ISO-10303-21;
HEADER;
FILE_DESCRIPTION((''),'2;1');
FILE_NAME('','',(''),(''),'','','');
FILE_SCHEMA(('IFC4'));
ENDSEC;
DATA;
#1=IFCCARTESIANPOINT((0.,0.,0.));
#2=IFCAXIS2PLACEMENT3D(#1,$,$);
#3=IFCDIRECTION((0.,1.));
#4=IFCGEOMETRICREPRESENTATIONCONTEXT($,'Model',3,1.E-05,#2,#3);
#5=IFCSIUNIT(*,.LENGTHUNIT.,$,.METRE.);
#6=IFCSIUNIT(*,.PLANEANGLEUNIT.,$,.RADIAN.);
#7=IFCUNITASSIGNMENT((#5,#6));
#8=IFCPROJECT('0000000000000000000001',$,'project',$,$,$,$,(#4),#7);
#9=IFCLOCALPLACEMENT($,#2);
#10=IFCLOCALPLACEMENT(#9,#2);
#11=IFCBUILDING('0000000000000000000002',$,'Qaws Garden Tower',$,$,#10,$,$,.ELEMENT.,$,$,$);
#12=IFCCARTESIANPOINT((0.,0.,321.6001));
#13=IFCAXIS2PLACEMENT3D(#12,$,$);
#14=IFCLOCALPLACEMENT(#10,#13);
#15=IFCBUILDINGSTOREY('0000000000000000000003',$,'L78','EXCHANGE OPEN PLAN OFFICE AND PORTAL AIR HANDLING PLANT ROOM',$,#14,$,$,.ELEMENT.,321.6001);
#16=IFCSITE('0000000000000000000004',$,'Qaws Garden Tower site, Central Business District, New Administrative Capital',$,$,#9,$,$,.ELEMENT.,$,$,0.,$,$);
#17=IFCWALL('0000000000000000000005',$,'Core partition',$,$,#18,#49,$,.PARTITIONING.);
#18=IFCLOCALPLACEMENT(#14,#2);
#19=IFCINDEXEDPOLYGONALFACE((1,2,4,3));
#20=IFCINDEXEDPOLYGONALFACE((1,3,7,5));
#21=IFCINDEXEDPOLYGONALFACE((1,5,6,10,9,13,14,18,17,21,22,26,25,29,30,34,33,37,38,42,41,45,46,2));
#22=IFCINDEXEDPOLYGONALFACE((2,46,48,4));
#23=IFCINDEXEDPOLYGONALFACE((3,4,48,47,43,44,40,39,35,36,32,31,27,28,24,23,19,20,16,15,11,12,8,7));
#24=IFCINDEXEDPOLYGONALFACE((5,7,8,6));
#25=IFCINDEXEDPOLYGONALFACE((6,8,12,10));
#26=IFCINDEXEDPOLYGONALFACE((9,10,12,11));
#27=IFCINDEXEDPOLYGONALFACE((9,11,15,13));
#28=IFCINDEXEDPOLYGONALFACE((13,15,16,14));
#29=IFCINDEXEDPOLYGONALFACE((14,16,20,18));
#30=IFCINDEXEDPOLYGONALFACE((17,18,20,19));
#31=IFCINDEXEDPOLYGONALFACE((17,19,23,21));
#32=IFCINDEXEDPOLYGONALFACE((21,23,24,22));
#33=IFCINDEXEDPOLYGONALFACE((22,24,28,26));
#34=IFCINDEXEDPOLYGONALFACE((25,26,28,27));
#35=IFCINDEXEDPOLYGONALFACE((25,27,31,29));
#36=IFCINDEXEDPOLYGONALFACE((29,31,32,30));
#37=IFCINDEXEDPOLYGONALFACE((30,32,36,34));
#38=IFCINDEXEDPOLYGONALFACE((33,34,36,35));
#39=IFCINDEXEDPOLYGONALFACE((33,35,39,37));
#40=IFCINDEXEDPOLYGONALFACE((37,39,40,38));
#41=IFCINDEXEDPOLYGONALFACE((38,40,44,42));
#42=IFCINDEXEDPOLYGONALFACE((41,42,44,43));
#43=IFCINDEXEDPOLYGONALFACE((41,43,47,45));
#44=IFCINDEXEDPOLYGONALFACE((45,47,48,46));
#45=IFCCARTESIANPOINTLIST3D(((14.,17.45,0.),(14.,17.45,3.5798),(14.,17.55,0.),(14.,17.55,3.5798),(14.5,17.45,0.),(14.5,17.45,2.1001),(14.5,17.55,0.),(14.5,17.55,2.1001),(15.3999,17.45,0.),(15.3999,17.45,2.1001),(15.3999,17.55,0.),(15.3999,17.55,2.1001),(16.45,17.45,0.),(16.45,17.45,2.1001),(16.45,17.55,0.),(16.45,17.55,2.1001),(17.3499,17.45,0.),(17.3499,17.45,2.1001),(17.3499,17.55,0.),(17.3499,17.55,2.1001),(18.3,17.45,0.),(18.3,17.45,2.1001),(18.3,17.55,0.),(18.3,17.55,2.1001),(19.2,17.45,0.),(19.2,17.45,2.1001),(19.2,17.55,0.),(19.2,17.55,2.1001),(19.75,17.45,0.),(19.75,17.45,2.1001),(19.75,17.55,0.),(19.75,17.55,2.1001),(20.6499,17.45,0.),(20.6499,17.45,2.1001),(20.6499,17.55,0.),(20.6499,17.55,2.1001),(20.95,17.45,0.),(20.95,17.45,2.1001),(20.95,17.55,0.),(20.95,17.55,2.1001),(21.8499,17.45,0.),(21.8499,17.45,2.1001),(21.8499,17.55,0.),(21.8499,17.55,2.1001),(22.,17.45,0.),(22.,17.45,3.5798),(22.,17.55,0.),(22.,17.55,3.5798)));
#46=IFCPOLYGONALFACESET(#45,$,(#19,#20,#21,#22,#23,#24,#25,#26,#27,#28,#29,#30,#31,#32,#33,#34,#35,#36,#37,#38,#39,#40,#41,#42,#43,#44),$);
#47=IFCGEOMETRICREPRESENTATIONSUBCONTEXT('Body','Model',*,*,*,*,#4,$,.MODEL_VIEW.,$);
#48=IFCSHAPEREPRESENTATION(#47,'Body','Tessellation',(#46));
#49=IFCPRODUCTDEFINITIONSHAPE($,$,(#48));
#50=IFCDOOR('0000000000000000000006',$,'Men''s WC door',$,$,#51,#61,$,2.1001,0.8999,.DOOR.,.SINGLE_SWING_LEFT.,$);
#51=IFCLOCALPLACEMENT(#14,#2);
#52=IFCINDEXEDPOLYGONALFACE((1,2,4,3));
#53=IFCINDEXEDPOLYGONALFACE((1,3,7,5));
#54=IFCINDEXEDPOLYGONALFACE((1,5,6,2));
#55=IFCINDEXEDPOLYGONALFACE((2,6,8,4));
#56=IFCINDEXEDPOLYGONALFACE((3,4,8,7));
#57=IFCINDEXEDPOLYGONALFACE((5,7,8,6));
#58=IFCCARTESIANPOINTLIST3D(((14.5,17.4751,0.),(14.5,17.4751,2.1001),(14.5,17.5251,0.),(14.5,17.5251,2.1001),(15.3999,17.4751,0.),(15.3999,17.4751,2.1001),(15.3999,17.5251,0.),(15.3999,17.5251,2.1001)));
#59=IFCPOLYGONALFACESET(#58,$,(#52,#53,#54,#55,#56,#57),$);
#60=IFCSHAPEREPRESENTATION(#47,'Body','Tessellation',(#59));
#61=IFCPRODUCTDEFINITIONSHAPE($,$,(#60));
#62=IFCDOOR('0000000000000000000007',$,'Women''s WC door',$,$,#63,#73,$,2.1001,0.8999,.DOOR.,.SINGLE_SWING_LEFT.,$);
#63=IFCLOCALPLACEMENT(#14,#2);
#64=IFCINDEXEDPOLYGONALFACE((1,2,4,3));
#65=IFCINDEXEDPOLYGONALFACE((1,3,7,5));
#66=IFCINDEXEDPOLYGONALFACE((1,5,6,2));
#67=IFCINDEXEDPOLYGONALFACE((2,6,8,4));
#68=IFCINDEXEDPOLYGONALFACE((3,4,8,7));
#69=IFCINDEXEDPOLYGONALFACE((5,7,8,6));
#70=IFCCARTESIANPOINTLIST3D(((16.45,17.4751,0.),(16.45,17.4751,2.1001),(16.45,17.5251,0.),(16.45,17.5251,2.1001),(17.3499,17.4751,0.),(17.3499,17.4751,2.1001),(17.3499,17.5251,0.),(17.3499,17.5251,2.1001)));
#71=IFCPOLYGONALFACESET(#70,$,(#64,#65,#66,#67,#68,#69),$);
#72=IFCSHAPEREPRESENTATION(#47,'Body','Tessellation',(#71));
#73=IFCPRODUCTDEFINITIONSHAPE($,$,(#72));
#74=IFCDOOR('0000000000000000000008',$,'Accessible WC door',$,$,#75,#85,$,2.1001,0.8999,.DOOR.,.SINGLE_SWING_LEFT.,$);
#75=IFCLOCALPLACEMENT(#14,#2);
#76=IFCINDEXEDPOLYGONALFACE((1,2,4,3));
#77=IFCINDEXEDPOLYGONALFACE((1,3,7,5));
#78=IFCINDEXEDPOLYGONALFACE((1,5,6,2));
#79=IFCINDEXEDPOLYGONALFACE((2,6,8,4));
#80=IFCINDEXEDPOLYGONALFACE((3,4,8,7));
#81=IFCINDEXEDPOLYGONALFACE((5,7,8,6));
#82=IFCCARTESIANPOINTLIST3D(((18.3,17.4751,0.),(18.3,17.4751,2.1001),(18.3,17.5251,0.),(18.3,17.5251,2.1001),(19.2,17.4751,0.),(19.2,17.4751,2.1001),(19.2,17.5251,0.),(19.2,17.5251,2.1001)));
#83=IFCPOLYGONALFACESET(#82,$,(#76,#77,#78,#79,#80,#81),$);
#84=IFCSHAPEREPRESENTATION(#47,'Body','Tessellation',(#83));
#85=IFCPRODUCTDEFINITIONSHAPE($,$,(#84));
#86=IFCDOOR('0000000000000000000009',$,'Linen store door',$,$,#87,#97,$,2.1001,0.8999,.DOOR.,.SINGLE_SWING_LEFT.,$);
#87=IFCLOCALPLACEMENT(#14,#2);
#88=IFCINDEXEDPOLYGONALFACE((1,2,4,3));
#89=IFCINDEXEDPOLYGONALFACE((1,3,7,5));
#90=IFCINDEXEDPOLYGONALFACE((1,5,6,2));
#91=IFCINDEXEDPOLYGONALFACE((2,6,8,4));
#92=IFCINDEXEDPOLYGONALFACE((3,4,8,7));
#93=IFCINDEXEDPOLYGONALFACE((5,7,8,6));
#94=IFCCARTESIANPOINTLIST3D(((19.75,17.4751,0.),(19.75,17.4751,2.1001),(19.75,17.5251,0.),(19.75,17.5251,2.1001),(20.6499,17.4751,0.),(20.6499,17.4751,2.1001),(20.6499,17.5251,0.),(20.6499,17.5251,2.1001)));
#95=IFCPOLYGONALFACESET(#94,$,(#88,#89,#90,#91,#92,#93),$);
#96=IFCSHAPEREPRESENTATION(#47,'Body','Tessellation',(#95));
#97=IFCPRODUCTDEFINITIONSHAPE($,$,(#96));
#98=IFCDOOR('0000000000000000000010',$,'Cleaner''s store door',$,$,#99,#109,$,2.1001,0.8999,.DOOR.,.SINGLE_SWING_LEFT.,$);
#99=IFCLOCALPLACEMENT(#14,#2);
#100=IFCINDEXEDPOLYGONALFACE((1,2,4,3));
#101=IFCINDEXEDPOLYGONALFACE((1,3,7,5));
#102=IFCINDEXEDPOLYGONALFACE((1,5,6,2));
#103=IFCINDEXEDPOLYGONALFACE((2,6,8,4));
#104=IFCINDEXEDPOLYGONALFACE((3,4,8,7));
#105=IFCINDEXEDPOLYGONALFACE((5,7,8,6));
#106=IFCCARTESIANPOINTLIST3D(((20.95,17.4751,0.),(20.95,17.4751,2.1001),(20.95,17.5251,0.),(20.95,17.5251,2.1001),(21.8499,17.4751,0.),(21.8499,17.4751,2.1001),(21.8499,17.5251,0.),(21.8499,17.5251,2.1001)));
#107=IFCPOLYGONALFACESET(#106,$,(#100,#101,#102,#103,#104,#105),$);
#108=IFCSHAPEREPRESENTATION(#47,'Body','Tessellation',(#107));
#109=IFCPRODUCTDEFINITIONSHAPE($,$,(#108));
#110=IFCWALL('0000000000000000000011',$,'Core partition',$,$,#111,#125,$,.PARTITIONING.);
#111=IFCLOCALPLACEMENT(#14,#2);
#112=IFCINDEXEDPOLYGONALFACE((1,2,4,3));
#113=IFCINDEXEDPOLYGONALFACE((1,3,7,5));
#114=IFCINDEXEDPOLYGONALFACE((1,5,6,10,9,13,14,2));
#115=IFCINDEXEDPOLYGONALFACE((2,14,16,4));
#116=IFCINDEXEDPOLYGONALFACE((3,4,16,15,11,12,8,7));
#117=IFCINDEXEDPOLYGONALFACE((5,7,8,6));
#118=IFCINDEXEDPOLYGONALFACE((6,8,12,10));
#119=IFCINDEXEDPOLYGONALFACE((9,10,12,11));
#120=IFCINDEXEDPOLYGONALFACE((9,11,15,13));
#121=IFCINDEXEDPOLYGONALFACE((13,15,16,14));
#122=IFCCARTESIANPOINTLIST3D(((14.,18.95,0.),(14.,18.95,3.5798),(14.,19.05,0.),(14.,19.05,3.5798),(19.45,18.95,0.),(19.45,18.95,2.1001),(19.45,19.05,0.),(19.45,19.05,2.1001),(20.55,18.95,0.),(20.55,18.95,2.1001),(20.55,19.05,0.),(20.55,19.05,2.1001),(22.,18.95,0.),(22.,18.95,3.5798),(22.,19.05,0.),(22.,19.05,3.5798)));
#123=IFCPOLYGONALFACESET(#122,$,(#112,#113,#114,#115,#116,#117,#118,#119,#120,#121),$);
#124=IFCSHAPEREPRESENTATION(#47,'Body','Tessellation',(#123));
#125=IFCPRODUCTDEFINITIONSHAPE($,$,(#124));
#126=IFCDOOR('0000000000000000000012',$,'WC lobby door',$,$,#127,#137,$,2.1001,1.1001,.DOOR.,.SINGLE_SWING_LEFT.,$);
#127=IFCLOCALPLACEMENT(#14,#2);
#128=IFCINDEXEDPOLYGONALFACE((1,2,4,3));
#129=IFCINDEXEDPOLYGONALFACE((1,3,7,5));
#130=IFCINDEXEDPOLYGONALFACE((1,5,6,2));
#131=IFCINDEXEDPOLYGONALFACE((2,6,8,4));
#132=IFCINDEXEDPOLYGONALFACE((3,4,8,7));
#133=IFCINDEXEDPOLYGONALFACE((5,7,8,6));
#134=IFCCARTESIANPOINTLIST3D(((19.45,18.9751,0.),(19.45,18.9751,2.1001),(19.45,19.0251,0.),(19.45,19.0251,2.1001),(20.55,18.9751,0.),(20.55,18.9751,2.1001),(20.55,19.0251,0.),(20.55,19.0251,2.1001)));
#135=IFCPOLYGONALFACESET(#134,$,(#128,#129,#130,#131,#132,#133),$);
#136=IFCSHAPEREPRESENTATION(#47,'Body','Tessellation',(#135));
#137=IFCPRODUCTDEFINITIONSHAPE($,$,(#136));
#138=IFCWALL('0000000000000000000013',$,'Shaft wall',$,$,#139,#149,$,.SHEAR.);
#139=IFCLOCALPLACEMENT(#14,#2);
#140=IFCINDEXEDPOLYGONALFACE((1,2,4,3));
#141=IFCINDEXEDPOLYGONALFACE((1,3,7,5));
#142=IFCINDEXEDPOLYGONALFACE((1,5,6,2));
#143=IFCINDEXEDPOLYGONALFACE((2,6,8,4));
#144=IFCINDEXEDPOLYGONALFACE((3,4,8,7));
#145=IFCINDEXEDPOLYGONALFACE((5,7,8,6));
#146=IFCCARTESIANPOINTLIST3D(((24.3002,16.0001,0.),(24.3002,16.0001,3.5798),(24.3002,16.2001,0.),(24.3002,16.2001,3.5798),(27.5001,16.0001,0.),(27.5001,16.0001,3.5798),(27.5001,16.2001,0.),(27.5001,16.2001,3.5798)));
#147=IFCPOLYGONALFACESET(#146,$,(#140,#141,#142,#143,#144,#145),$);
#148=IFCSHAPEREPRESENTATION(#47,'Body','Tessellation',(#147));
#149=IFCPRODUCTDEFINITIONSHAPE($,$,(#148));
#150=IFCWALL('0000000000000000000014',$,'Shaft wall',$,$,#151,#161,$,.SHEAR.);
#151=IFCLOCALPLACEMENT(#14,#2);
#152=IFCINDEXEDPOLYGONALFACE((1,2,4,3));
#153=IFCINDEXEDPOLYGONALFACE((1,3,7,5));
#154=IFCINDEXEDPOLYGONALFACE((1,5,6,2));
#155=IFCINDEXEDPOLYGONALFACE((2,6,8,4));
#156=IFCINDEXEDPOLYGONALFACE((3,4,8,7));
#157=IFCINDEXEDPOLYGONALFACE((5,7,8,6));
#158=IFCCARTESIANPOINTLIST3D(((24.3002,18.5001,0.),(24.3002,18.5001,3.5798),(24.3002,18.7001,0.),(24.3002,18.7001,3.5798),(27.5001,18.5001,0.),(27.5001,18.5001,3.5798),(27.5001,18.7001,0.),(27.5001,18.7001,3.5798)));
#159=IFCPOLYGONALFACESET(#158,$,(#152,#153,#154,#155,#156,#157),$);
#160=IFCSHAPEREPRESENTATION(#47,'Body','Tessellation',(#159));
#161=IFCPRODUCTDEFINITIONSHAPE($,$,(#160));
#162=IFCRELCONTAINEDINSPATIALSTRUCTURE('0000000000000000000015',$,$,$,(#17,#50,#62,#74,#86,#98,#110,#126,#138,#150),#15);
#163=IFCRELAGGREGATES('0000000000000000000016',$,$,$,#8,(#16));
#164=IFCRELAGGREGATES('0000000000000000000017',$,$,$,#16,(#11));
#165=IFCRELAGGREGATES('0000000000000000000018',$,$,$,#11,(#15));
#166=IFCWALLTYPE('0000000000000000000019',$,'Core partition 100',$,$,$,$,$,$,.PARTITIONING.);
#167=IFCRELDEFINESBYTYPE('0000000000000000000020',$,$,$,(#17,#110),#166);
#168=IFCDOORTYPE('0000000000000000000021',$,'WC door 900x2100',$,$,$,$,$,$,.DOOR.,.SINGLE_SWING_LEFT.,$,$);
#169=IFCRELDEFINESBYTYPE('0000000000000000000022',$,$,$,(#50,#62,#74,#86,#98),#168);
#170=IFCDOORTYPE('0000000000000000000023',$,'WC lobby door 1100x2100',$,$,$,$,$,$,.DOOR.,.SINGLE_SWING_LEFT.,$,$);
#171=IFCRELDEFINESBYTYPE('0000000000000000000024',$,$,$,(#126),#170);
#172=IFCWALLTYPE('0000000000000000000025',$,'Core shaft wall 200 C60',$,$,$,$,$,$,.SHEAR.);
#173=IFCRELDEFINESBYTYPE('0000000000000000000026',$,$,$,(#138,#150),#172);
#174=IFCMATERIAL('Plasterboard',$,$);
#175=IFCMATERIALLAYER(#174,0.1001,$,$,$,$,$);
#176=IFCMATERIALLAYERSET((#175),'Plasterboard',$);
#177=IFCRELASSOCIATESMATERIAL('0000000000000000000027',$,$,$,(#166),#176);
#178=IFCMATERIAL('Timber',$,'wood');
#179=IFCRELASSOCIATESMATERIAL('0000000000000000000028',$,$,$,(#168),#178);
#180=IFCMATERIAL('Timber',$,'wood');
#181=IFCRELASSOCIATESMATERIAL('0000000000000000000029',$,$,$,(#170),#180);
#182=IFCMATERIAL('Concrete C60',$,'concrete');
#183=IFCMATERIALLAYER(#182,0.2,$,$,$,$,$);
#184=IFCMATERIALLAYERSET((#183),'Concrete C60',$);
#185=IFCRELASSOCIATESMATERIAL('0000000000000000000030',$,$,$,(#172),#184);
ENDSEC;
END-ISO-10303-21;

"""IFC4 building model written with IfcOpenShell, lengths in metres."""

from ifc_helpers import new_model, si_unit, direction, frame, frame_2d, origin, place, context, subcontext, project, spatial, rectangle, extrude, material, layer, layer_set, type_object, element, fill, save


model = new_model("IFC4")

# Units and contexts
model_context = context("Model", 3, precision=1e-05, world=origin(), true_north=direction((0.0, 1.0)))
body_context = subcontext(model_context, "Body", "Model", "MODEL_VIEW")
ifc_project = project(units=[si_unit("LENGTHUNIT", "METRE"), si_unit("PLANEANGLEUNIT", "RADIAN")], contexts=[model_context])

# Site, building, storey
site_placement = place(None, origin())
site = spatial("IfcSite", under=ifc_project, at=site_placement, Name="Qaws Garden Tower site, Central Business District, New Administrative Capital", CompositionType="ELEMENT", RefElevation=0.0)
building_placement = place(site_placement, origin())
building = spatial("IfcBuilding", under=site, at=building_placement, Name="Qaws Garden Tower", CompositionType="ELEMENT")
storey_placement = place(building_placement, frame((0.0, 0.0, 321.6001)))
storey = spatial("IfcBuildingStorey", under=building, at=storey_placement, Name="L78", Description="EXCHANGE OPEN PLAN OFFICE AND PORTAL AIR HANDLING PLANT ROOM", CompositionType="ELEMENT", Elevation=321.6001)

# Wall, openings, doors
ifc_material_1 = material(Name="Plasterboard")
ifc_layer_1 = layer(ifc_material_1, 0.1001)
ifc_layer_set_1 = layer_set([ifc_layer_1], Name="Plasterboard")
wall_type_1 = type_object("IfcWallType", Name="Core partition 100", PredefinedType="PARTITIONING", material=ifc_layer_set_1)
wall_1_placement = place(storey_placement, frame((14.0, 17.5, 0.0), z_axis=(0.0, 0.0, 1.0), x_axis=(1.0, 0.0, 0.0)))
wall_1 = element("IfcWall", 1, at=wall_1_placement, inside=storey, type_object=wall_type_1, Name="Core partition", PredefinedType="PARTITIONING", context=body_context, shape_type="SweptSolid", body=[
    extrude(rectangle(XDim=8.0, YDim=0.1001, at=frame_2d((4.0, 0.0))), origin(), (0.0, 0.0, 1.0), 3.5798),
])
opening_1_placement = place(wall_1_placement, frame((0.5, 0.0, 0.0)))
opening_1 = element("IfcOpeningElement", 2, at=opening_1_placement, cuts=wall_1, PredefinedType="OPENING", context=body_context, shape_type="SweptSolid", body=[
    extrude(rectangle(XDim=0.8999, YDim=2.1001, at=frame_2d((0.45, 1.05))), frame((0.0, 0.0601, 0.0), z_axis=(0.0, -1.0, 0.0), x_axis=(1.0, 0.0, 0.0)), (0.0, 0.0, 1.0), 0.1201),
])
opening_2_placement = place(wall_1_placement, frame((2.45, 0.0, 0.0)))
opening_2 = element("IfcOpeningElement", 3, at=opening_2_placement, cuts=wall_1, PredefinedType="OPENING", context=body_context, shape_type="SweptSolid", body=[
    extrude(rectangle(XDim=0.8999, YDim=2.1001, at=frame_2d((0.45, 1.05))), frame((0.0, 0.0601, 0.0), z_axis=(0.0, -1.0, 0.0), x_axis=(1.0, 0.0, 0.0)), (0.0, 0.0, 1.0), 0.1201),
])
opening_3_placement = place(wall_1_placement, frame((4.3, 0.0, 0.0)))
opening_3 = element("IfcOpeningElement", 4, at=opening_3_placement, cuts=wall_1, PredefinedType="OPENING", context=body_context, shape_type="SweptSolid", body=[
    extrude(rectangle(XDim=0.8999, YDim=2.1001, at=frame_2d((0.45, 1.05))), frame((0.0, 0.0601, 0.0), z_axis=(0.0, -1.0, 0.0), x_axis=(1.0, 0.0, 0.0)), (0.0, 0.0, 1.0), 0.1201),
])
opening_4_placement = place(wall_1_placement, frame((5.75, 0.0, 0.0)))
opening_4 = element("IfcOpeningElement", 5, at=opening_4_placement, cuts=wall_1, PredefinedType="OPENING", context=body_context, shape_type="SweptSolid", body=[
    extrude(rectangle(XDim=0.8999, YDim=2.1001, at=frame_2d((0.45, 1.05))), frame((0.0, 0.0601, 0.0), z_axis=(0.0, -1.0, 0.0), x_axis=(1.0, 0.0, 0.0)), (0.0, 0.0, 1.0), 0.1201),
])
opening_5_placement = place(wall_1_placement, frame((6.95, 0.0, 0.0)))
opening_5 = element("IfcOpeningElement", 6, at=opening_5_placement, cuts=wall_1, PredefinedType="OPENING", context=body_context, shape_type="SweptSolid", body=[
    extrude(rectangle(XDim=0.8999, YDim=2.1001, at=frame_2d((0.45, 1.05))), frame((0.0, 0.0601, 0.0), z_axis=(0.0, -1.0, 0.0), x_axis=(1.0, 0.0, 0.0)), (0.0, 0.0, 1.0), 0.1201),
])
ifc_material_2 = material(Name="Timber", Category="wood")
door_type_1 = type_object("IfcDoorType", Name="WC door 900x2100", OperationType="SINGLE_SWING_LEFT", PredefinedType="DOOR", material=ifc_material_2)
door_1_placement = place(opening_1_placement, frame((0.8999, 0.0, 0.0), z_axis=(0.0, 0.0, 1.0), x_axis=(-1.0, 0.0, 0.0)))
door_1 = element("IfcDoor", 7, at=door_1_placement, inside=storey, type_object=door_type_1, Name="Men's WC door", OperationType="SINGLE_SWING_LEFT", OverallHeight=2.1001, OverallWidth=0.8999, PredefinedType="DOOR", context=body_context, shape_type="SweptSolid", body=[
    extrude(rectangle(XDim=0.8999, YDim=2.1001, at=frame_2d((0.45, 1.05))), frame((0.0, 0.0249, 0.0), z_axis=(0.0, -1.0, 0.0), x_axis=(1.0, 0.0, 0.0)), (0.0, 0.0, 1.0), 0.05),
])
fill(opening_1, door_1)
door_2_placement = place(opening_2_placement, frame((0.8999, 0.0, 0.0), z_axis=(0.0, 0.0, 1.0), x_axis=(-1.0, 0.0, 0.0)))
door_2 = element("IfcDoor", 8, at=door_2_placement, inside=storey, type_object=door_type_1, Name="Women's WC door", OperationType="SINGLE_SWING_LEFT", OverallHeight=2.1001, OverallWidth=0.8999, PredefinedType="DOOR", context=body_context, shape_type="SweptSolid", body=[
    extrude(rectangle(XDim=0.8999, YDim=2.1001, at=frame_2d((0.45, 1.05))), frame((0.0, 0.0249, 0.0), z_axis=(0.0, -1.0, 0.0), x_axis=(1.0, 0.0, 0.0)), (0.0, 0.0, 1.0), 0.05),
])
fill(opening_2, door_2)
door_3_placement = place(opening_3_placement, frame((0.8999, 0.0, 0.0), z_axis=(0.0, 0.0, 1.0), x_axis=(-1.0, 0.0, 0.0)))
door_3 = element("IfcDoor", 9, at=door_3_placement, inside=storey, type_object=door_type_1, Name="Accessible WC door", OperationType="SINGLE_SWING_LEFT", OverallHeight=2.1001, OverallWidth=0.8999, PredefinedType="DOOR", context=body_context, shape_type="SweptSolid", body=[
    extrude(rectangle(XDim=0.8999, YDim=2.1001, at=frame_2d((0.45, 1.05))), frame((0.0, 0.0249, 0.0), z_axis=(0.0, -1.0, 0.0), x_axis=(1.0, 0.0, 0.0)), (0.0, 0.0, 1.0), 0.05),
])
fill(opening_3, door_3)
door_4_placement = place(opening_4_placement, frame((0.8999, 0.0, 0.0), z_axis=(0.0, 0.0, 1.0), x_axis=(-1.0, 0.0, 0.0)))
door_4 = element("IfcDoor", 10, at=door_4_placement, inside=storey, type_object=door_type_1, Name="Linen store door", OperationType="SINGLE_SWING_LEFT", OverallHeight=2.1001, OverallWidth=0.8999, PredefinedType="DOOR", context=body_context, shape_type="SweptSolid", body=[
    extrude(rectangle(XDim=0.8999, YDim=2.1001, at=frame_2d((0.45, 1.05))), frame((0.0, 0.0249, 0.0), z_axis=(0.0, -1.0, 0.0), x_axis=(1.0, 0.0, 0.0)), (0.0, 0.0, 1.0), 0.05),
])
fill(opening_4, door_4)
door_5_placement = place(opening_5_placement, frame((0.8999, 0.0, 0.0), z_axis=(0.0, 0.0, 1.0), x_axis=(-1.0, 0.0, 0.0)))
door_5 = element("IfcDoor", 11, at=door_5_placement, inside=storey, type_object=door_type_1, Name="Cleaner's store door", OperationType="SINGLE_SWING_LEFT", OverallHeight=2.1001, OverallWidth=0.8999, PredefinedType="DOOR", context=body_context, shape_type="SweptSolid", body=[
    extrude(rectangle(XDim=0.8999, YDim=2.1001, at=frame_2d((0.45, 1.05))), frame((0.0, 0.0249, 0.0), z_axis=(0.0, -1.0, 0.0), x_axis=(1.0, 0.0, 0.0)), (0.0, 0.0, 1.0), 0.05),
])
fill(opening_5, door_5)

# Wall, opening, door
wall_2_placement = place(storey_placement, frame((14.0, 19.0, 0.0), z_axis=(0.0, 0.0, 1.0), x_axis=(1.0, 0.0, 0.0)))
wall_2 = element("IfcWall", 12, at=wall_2_placement, inside=storey, type_object=wall_type_1, Name="Core partition", PredefinedType="PARTITIONING", context=body_context, shape_type="SweptSolid", body=[
    extrude(rectangle(XDim=8.0, YDim=0.1001, at=frame_2d((4.0, 0.0))), origin(), (0.0, 0.0, 1.0), 3.5798),
])
opening_6_placement = place(wall_2_placement, frame((5.45, 0.0, 0.0)))
opening_6 = element("IfcOpeningElement", 13, at=opening_6_placement, cuts=wall_2, PredefinedType="OPENING", context=body_context, shape_type="SweptSolid", body=[
    extrude(rectangle(XDim=1.1001, YDim=2.1001, at=frame_2d((0.55, 1.05))), frame((0.0, 0.0601, 0.0), z_axis=(0.0, -1.0, 0.0), x_axis=(1.0, 0.0, 0.0)), (0.0, 0.0, 1.0), 0.1201),
])
ifc_material_3 = material(Name="Timber", Category="wood")
door_type_2 = type_object("IfcDoorType", Name="WC lobby door 1100x2100", OperationType="SINGLE_SWING_LEFT", PredefinedType="DOOR", material=ifc_material_3)
door_6_placement = place(opening_6_placement, frame((1.1001, 0.0, 0.0), z_axis=(0.0, 0.0, 1.0), x_axis=(-1.0, 0.0, 0.0)))
door_6 = element("IfcDoor", 14, at=door_6_placement, inside=storey, type_object=door_type_2, Name="WC lobby door", OperationType="SINGLE_SWING_LEFT", OverallHeight=2.1001, OverallWidth=1.1001, PredefinedType="DOOR", context=body_context, shape_type="SweptSolid", body=[
    extrude(rectangle(XDim=1.1001, YDim=2.1001, at=frame_2d((0.55, 1.05))), frame((0.0, 0.0249, 0.0), z_axis=(0.0, -1.0, 0.0), x_axis=(1.0, 0.0, 0.0)), (0.0, 0.0, 1.0), 0.05),
])
fill(opening_6, door_6)

# Walls
ifc_material_4 = material(Name="Concrete C60", Category="concrete")
ifc_layer_2 = layer(ifc_material_4, 0.2)
ifc_layer_set_2 = layer_set([ifc_layer_2], Name="Concrete C60")
wall_type_2 = type_object("IfcWallType", Name="Core shaft wall 200 C60", PredefinedType="SHEAR", material=ifc_layer_set_2)
for number, where, z_axis, x_axis, name in (
    (15, (24.3, 16.1001, 0.0), (0.0, 0.0, 1.0), (1.0, 0.0, 0.0), "Shaft wall"),
    (16, (24.3, 18.6001, 0.0), (0.0, 0.0, 1.0), (1.0, 0.0, 0.0), "Shaft wall"),
):
    element("IfcWall", number, at=place(storey_placement, frame(where, z_axis=z_axis, x_axis=x_axis)), inside=storey, type_object=wall_type_2, Name=name, PredefinedType="SHEAR", context=body_context, shape_type="SweptSolid", body=[
        extrude(rectangle(XDim=3.2, YDim=0.2, at=frame_2d((1.6001, 0.0))), origin(), (0.0, 0.0, 1.0), 3.5798),
    ])

save(model, "model.ifc")
